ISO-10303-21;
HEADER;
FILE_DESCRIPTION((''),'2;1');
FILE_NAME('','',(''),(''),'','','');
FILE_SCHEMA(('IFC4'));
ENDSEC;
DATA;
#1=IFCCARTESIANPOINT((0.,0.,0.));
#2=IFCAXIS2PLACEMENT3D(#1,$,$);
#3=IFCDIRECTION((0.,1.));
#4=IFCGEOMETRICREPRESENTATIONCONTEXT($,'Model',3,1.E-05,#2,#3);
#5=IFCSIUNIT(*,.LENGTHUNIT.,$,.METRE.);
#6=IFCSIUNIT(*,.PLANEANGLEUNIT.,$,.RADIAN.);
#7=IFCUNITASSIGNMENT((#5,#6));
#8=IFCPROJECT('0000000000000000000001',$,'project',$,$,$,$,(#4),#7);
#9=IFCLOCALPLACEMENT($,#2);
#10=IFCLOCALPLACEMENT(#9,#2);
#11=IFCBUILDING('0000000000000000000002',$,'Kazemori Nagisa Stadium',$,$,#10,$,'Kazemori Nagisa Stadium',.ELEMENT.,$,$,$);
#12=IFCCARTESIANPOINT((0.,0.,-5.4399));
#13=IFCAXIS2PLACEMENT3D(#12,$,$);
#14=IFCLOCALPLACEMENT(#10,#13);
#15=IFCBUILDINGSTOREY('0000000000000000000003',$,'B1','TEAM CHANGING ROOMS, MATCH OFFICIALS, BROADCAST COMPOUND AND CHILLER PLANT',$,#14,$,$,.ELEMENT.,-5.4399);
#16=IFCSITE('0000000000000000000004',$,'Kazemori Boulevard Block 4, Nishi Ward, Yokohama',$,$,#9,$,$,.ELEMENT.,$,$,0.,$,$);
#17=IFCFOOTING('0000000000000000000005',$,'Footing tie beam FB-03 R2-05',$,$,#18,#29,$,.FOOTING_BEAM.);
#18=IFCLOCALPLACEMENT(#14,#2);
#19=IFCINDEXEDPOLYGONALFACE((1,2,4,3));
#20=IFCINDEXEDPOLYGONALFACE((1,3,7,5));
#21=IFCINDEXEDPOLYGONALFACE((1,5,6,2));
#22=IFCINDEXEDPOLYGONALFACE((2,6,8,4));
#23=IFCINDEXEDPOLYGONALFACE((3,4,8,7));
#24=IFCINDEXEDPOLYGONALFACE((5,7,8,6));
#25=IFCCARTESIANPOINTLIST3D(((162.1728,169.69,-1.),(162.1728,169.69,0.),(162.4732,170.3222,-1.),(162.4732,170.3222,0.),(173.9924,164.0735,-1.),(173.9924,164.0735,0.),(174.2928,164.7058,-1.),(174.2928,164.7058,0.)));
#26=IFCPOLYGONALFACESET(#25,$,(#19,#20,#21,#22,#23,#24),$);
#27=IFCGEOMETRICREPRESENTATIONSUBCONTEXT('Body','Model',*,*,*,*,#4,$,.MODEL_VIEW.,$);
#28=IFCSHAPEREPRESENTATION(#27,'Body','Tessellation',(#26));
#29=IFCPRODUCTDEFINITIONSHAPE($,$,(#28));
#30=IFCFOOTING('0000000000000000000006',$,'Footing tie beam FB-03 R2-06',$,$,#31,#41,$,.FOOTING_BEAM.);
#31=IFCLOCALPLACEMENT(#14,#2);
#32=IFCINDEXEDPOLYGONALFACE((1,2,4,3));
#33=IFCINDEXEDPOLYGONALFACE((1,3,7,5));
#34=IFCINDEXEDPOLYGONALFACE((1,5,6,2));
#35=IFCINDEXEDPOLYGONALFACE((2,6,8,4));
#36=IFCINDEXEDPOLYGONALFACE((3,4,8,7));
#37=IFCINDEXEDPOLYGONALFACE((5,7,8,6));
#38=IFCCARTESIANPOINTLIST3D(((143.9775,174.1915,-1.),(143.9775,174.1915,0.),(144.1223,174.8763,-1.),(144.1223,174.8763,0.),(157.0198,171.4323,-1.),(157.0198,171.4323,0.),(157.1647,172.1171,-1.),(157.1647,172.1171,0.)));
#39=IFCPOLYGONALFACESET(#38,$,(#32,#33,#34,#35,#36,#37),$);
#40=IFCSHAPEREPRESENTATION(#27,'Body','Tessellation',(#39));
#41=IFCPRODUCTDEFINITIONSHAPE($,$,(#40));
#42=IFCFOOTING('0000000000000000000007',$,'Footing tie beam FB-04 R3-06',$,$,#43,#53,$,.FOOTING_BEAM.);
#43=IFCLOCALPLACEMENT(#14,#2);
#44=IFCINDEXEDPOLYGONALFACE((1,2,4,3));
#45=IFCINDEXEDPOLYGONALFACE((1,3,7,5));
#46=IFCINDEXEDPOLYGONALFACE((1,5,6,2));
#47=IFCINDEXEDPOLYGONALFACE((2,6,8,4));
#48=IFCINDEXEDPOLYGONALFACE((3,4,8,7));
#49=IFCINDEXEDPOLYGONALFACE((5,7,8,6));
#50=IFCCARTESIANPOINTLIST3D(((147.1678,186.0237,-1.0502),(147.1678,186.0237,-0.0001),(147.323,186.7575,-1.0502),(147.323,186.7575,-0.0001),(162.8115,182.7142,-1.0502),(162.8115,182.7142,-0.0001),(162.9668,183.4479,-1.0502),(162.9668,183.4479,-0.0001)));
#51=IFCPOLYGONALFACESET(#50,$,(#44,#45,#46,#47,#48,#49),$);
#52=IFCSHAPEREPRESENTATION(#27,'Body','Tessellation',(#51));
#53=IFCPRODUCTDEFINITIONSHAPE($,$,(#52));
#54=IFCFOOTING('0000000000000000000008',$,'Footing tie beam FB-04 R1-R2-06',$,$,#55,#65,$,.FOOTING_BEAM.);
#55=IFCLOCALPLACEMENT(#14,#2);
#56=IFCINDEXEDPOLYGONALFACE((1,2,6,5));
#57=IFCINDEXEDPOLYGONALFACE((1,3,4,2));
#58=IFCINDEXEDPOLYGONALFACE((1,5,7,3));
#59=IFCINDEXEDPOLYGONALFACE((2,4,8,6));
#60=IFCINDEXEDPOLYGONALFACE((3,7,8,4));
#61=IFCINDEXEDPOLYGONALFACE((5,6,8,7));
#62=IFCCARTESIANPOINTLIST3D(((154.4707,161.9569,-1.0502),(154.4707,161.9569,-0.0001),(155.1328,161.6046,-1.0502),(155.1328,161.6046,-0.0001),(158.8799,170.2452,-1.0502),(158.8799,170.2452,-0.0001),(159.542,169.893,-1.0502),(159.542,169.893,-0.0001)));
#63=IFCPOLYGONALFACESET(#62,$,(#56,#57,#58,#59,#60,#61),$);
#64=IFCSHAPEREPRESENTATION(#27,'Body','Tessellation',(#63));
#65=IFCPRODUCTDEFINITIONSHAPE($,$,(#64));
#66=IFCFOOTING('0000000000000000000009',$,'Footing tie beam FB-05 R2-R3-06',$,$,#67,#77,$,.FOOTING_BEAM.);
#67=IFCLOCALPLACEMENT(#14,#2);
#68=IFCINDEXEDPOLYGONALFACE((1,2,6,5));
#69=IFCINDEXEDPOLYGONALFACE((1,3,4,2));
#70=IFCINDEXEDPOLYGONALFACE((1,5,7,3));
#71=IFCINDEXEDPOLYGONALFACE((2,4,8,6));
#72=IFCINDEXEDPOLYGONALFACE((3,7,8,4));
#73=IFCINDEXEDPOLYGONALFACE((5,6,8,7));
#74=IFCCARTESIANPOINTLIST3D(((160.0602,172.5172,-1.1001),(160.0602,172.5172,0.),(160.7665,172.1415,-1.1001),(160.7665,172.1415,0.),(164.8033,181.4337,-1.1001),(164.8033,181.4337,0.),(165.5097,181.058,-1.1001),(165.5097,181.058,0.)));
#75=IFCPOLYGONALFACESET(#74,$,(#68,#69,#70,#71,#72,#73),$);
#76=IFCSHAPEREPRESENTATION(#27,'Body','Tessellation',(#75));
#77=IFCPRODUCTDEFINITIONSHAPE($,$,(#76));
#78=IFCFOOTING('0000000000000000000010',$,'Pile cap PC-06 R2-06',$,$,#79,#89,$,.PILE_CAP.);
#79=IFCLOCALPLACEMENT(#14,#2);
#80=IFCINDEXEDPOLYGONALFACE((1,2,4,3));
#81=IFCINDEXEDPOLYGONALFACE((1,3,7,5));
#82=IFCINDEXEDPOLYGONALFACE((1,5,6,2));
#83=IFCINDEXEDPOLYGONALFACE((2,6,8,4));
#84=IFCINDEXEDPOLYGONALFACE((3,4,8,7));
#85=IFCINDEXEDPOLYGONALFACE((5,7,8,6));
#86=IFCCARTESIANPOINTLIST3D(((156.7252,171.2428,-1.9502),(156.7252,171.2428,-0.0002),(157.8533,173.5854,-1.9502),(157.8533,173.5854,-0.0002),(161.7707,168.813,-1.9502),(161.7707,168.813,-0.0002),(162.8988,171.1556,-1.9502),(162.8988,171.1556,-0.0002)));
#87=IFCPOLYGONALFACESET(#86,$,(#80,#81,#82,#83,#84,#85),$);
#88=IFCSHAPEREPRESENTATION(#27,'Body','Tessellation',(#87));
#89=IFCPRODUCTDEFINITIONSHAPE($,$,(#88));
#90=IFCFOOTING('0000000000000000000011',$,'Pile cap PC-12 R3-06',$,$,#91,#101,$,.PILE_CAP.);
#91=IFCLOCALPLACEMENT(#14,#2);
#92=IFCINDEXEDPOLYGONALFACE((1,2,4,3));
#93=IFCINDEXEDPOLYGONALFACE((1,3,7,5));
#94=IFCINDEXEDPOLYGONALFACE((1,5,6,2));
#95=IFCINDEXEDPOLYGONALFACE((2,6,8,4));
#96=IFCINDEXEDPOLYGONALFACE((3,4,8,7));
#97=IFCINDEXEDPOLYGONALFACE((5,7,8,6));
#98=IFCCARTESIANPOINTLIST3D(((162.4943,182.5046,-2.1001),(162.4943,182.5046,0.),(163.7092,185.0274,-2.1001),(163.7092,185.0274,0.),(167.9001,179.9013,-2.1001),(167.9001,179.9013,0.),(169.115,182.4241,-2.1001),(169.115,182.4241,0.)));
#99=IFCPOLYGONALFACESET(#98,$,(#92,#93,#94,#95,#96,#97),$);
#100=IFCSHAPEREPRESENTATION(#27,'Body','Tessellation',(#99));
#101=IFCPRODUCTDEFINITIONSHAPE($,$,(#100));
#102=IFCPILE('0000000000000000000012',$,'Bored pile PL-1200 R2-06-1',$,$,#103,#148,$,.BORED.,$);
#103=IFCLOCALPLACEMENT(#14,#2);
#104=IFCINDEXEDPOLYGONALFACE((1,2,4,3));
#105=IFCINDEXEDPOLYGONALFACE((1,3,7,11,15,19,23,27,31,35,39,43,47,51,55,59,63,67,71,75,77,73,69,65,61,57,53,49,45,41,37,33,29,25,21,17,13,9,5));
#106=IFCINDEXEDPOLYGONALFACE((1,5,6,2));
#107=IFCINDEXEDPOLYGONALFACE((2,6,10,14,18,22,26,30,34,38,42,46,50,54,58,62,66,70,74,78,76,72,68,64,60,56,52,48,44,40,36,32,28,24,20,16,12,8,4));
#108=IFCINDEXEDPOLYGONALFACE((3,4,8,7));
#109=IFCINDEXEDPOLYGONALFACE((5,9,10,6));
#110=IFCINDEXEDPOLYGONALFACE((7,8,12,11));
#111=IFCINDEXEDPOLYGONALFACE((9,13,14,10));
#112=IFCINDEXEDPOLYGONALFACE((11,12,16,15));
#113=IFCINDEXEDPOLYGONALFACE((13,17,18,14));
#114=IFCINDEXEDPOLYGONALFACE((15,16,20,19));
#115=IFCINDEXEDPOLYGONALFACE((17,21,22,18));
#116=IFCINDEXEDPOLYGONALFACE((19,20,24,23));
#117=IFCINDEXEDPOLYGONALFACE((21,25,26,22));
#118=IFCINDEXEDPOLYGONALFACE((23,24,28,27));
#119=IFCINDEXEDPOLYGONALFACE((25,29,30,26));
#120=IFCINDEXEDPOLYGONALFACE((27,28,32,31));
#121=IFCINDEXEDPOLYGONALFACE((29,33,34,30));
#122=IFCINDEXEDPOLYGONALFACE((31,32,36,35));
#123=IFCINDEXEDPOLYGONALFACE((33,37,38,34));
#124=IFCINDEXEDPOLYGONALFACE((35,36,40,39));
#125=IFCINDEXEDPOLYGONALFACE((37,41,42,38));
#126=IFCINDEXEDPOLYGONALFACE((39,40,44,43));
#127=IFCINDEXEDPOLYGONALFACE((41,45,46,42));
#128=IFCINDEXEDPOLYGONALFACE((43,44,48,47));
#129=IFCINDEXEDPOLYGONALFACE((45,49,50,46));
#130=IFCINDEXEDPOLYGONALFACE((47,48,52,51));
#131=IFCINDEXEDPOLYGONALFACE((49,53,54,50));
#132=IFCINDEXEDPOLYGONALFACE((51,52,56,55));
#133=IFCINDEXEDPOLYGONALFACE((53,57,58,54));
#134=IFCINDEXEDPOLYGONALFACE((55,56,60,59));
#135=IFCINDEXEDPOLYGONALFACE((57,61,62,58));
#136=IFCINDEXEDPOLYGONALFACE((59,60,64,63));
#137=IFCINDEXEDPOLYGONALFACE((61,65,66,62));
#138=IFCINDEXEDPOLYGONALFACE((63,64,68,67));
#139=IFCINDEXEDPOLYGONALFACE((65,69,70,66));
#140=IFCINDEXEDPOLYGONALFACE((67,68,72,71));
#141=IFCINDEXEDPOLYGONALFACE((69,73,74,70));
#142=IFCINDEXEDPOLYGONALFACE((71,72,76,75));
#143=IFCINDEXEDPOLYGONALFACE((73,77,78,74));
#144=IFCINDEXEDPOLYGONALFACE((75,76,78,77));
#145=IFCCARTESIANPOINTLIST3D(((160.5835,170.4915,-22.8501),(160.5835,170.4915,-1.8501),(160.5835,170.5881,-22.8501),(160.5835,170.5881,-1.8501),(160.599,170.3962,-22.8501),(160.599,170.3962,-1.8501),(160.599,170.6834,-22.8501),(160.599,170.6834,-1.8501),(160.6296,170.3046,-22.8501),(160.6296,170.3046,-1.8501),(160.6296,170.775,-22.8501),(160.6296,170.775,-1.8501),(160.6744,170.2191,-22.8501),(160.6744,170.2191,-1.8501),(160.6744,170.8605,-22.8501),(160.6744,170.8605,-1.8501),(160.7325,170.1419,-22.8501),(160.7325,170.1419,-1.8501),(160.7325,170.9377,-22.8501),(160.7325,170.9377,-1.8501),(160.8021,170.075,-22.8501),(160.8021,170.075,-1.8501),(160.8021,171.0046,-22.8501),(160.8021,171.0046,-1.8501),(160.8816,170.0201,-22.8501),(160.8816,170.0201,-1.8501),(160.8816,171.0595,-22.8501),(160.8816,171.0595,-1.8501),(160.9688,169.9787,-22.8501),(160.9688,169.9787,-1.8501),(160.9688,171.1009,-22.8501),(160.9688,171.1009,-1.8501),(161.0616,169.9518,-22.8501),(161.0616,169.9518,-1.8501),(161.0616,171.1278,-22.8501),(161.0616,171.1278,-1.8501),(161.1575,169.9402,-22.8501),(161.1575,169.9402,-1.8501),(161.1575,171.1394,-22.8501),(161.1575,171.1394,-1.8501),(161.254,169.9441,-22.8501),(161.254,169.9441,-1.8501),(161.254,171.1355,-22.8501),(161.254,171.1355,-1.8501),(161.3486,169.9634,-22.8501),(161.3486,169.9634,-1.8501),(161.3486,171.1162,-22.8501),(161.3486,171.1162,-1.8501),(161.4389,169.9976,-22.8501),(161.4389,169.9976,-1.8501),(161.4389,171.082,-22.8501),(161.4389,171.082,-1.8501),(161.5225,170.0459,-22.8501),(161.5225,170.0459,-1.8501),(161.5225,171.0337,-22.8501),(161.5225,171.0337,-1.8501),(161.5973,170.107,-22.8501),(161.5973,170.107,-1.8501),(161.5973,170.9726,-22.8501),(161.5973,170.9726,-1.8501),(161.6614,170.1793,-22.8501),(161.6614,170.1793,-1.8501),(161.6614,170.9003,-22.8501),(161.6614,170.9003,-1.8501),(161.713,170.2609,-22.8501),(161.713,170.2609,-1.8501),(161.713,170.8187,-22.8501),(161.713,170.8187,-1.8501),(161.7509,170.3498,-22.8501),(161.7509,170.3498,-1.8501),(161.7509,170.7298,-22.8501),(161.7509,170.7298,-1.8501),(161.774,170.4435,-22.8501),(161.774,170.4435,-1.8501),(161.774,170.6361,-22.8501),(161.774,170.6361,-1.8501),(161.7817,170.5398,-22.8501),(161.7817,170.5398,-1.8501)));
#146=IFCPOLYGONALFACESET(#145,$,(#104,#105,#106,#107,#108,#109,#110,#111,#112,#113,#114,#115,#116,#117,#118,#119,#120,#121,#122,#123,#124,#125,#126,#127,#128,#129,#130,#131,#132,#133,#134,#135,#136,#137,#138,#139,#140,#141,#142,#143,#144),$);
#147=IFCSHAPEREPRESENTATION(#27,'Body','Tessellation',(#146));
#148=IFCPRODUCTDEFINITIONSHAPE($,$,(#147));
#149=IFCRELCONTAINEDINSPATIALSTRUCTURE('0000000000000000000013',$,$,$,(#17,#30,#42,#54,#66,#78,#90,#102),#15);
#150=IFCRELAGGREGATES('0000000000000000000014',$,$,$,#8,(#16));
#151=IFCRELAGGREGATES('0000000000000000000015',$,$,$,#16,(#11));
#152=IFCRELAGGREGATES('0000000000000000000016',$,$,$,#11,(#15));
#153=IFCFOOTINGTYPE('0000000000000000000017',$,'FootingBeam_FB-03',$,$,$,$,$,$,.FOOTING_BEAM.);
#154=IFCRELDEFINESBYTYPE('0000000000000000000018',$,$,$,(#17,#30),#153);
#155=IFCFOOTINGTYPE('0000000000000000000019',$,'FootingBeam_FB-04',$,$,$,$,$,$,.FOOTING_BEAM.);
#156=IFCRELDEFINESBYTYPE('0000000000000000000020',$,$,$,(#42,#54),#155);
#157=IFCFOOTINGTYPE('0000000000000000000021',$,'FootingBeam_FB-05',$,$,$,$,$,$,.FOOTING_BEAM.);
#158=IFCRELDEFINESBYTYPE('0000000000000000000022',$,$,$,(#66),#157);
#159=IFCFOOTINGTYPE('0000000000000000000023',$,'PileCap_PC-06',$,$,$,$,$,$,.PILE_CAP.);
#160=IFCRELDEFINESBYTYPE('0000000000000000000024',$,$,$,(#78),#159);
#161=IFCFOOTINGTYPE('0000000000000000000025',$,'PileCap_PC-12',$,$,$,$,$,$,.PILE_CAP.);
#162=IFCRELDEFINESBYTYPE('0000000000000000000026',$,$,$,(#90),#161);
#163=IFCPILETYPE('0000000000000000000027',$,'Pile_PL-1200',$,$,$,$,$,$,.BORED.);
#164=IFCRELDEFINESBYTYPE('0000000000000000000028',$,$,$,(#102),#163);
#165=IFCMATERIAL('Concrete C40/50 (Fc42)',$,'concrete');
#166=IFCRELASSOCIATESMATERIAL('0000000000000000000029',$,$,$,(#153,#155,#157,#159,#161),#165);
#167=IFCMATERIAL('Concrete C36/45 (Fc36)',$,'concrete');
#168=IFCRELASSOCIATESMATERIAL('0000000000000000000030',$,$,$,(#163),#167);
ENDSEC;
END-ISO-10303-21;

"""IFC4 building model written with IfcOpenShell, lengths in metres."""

from ifc_helpers import new_model, si_unit, direction, frame, origin, origin_2d, place, context, subcontext, project, spatial, rectangle, circle, extrude, material, material_profile, profile_set, type_object, element, save


model = new_model("IFC4")

# Units and contexts
model_context = context("Model", 3, precision=1e-05, world=origin(), true_north=direction((0.0, 1.0)))
body_context = subcontext(model_context, "Body", "Model", "MODEL_VIEW")
ifc_project = project(units=[si_unit("LENGTHUNIT", "METRE"), si_unit("PLANEANGLEUNIT", "RADIAN")], contexts=[model_context])

# Site, building, storey
site_placement = place(None, origin())
site = spatial("IfcSite", under=ifc_project, at=site_placement, Name="Kazemori Boulevard Block 4, Nishi Ward, Yokohama", CompositionType="ELEMENT", RefElevation=0.0)
building_placement = place(site_placement, origin())
building = spatial("IfcBuilding", under=site, at=building_placement, Name="Kazemori Nagisa Stadium", LongName="Kazemori Nagisa Stadium", CompositionType="ELEMENT")
storey_placement = place(building_placement, frame((0.0, 0.0, -5.4399)))
storey = spatial("IfcBuildingStorey", under=building, at=storey_placement, Name="B1", Description="TEAM CHANGING ROOMS, MATCH OFFICIALS, BROADCAST COMPOUND AND CHILLER PLANT", CompositionType="ELEMENT", Elevation=-5.4399)

# Footings
ifc_material_1 = material(Name="Concrete C40/50 (Fc42)", Category="concrete")
ifc_material_profile_1 = material_profile(ifc_material_1, rectangle(XDim=0.7, YDim=1.0, at=origin_2d()), Name="RC-FB-700x1000")
ifc_profile_set_1 = profile_set([ifc_material_profile_1], Name="Concrete C40/50 (Fc42)")
footing_type_1 = type_object("IfcFootingType", Name="FootingBeam_FB-03", PredefinedType="FOOTING_BEAM", material=ifc_profile_set_1)
footing_1_placement = place(storey_placement, frame((174.1426, 164.3896, -0.5), z_axis=(-0.903214, 0.429191, 0.0), x_axis=(-0.429191, -0.903214, 0.0)))
element("IfcFooting", 1, at=footing_1_placement, inside=storey, type_object=footing_type_1, Name="Footing tie beam FB-03 R2-05", PredefinedType="FOOTING_BEAM", context=body_context, shape_type="SweptSolid", body=[
    extrude(rectangle(XDim=0.7, YDim=1.0, at=origin_2d()), origin(), (0.0, 0.0, 1.0), 13.0862),
])
footing_2_placement = place(storey_placement, frame((157.0923, 171.7747, -0.5), z_axis=(-0.978345, 0.206979, 0.0), x_axis=(-0.206979, -0.978345, 0.0)))
element("IfcFooting", 2, at=footing_2_placement, inside=storey, type_object=footing_type_1, Name="Footing tie beam FB-03 R2-06", PredefinedType="FOOTING_BEAM", context=body_context, shape_type="SweptSolid", body=[
    extrude(rectangle(XDim=0.7, YDim=1.0, at=origin_2d()), origin(), (0.0, 0.0, 1.0), 13.3311),
])
ifc_material_profile_2 = material_profile(ifc_material_1, rectangle(XDim=0.75, YDim=1.05, at=origin_2d()), Name="RC-FB-750x1050")
ifc_profile_set_2 = profile_set([ifc_material_profile_2], Name="Concrete C40/50 (Fc42)")
footing_type_2 = type_object("IfcFootingType", Name="FootingBeam_FB-04", PredefinedType="FOOTING_BEAM", material=ifc_profile_set_2)
footing_3_placement = place(storey_placement, frame((162.8892, 183.0811, -0.5251), z_axis=(-0.978346, 0.206977, 0.0), x_axis=(-0.206977, -0.978346, 0.0)))
element("IfcFooting", 3, at=footing_3_placement, inside=storey, type_object=footing_type_2, Name="Footing tie beam FB-04 R3-06", PredefinedType="FOOTING_BEAM", context=body_context, shape_type="SweptSolid", body=[
    extrude(rectangle(XDim=0.75, YDim=1.05, at=origin_2d()), origin(), (0.0, 0.0, 1.0), 15.99),
])
footing_4_placement = place(storey_placement, frame((154.8018, 161.7808, -0.5251), z_axis=(0.469654, 0.882851, 0.0), x_axis=(-0.882851, 0.469654, 0.0)))
element("IfcFooting", 4, at=footing_4_placement, inside=storey, type_object=footing_type_2, Name="Footing tie beam FB-04 R1-R2-06", PredefinedType="FOOTING_BEAM", context=body_context, shape_type="SweptSolid", body=[
    extrude(rectangle(XDim=0.75, YDim=1.05, at=origin_2d()), origin(), (0.0, 0.0, 1.0), 9.3882),
])
ifc_material_profile_3 = material_profile(ifc_material_1, rectangle(XDim=0.8, YDim=1.1001, at=origin_2d()), Name="RC-FB-800x1100")
ifc_profile_set_3 = profile_set([ifc_material_profile_3], Name="Concrete C40/50 (Fc42)")
footing_type_3 = type_object("IfcFootingType", Name="FootingBeam_FB-05", PredefinedType="FOOTING_BEAM", material=ifc_profile_set_3)
footing_5_placement = place(storey_placement, frame((160.4133, 172.3293, -0.55), z_axis=(0.469639, 0.882858, 0.0), x_axis=(-0.882858, 0.469639, 0.0)))
element("IfcFooting", 5, at=footing_5_placement, inside=storey, type_object=footing_type_3, Name="Footing tie beam FB-05 R2-R3-06", PredefinedType="FOOTING_BEAM", context=body_context, shape_type="SweptSolid", body=[
    extrude(rectangle(XDim=0.8, YDim=1.1001, at=origin_2d()), origin(), (0.0, 0.0, 1.0), 10.0996),
])
footing_type_4 = type_object("IfcFootingType", Name="PileCap_PC-06", PredefinedType="PILE_CAP", material=ifc_material_1)
footing_6_placement = place(storey_placement, frame((159.812, 171.1992, -1.9502), z_axis=(0.0, 0.0, 1.0), x_axis=(-0.900969, 0.433884, 0.0)))
element("IfcFooting", 6, at=footing_6_placement, inside=storey, type_object=footing_type_4, Name="Pile cap PC-06 R2-06", PredefinedType="PILE_CAP", context=body_context, shape_type="SweptSolid", body=[
    extrude(rectangle(XDim=5.6001, YDim=2.6001, at=origin_2d()), origin(), (0.0, 0.0, 1.0), 1.95),
])
footing_type_5 = type_object("IfcFootingType", Name="PileCap_PC-12", PredefinedType="PILE_CAP", material=ifc_material_1)
footing_7_placement = place(storey_placement, frame((165.8047, 182.4644, -2.1001), z_axis=(0.0, 0.0, 1.0), x_axis=(-0.900969, 0.433884, 0.0)))
element("IfcFooting", 7, at=footing_7_placement, inside=storey, type_object=footing_type_5, Name="Pile cap PC-12 R3-06", PredefinedType="PILE_CAP", context=body_context, shape_type="SweptSolid", body=[
    extrude(rectangle(XDim=6.0, YDim=2.8, at=origin_2d()), origin(), (0.0, 0.0, 1.0), 2.1001),
])

# Pile
ifc_material_2 = material(Name="Concrete C36/45 (Fc36)", Category="concrete")
ifc_material_profile_4 = material_profile(ifc_material_2, circle(Radius=0.6001, at=origin_2d()), Name="PILE-D1200")
ifc_profile_set_4 = profile_set([ifc_material_profile_4], Name="Concrete C36/45 (Fc36)")
pile_type_1 = type_object("IfcPileType", Name="Pile_PL-1200", PredefinedType="BORED", material=ifc_profile_set_4)
for number, where, z_axis, x_axis, name in (
    (8, (161.1816, 170.5398, -1.8501), (0.0, 0.0, -1.0), (1.0, 0.0, 0.0), "Bored pile PL-1200 R2-06-1"),
):
    element("IfcPile", number, at=place(storey_placement, frame(where, z_axis=z_axis, x_axis=x_axis)), inside=storey, type_object=pile_type_1, Name=name, PredefinedType="BORED", context=body_context, shape_type="SweptSolid", body=[
        extrude(circle(Radius=0.6001, at=origin_2d()), origin(), (0.0, 0.0, 1.0), 21.0),
    ])

save(model, "model.ifc")
